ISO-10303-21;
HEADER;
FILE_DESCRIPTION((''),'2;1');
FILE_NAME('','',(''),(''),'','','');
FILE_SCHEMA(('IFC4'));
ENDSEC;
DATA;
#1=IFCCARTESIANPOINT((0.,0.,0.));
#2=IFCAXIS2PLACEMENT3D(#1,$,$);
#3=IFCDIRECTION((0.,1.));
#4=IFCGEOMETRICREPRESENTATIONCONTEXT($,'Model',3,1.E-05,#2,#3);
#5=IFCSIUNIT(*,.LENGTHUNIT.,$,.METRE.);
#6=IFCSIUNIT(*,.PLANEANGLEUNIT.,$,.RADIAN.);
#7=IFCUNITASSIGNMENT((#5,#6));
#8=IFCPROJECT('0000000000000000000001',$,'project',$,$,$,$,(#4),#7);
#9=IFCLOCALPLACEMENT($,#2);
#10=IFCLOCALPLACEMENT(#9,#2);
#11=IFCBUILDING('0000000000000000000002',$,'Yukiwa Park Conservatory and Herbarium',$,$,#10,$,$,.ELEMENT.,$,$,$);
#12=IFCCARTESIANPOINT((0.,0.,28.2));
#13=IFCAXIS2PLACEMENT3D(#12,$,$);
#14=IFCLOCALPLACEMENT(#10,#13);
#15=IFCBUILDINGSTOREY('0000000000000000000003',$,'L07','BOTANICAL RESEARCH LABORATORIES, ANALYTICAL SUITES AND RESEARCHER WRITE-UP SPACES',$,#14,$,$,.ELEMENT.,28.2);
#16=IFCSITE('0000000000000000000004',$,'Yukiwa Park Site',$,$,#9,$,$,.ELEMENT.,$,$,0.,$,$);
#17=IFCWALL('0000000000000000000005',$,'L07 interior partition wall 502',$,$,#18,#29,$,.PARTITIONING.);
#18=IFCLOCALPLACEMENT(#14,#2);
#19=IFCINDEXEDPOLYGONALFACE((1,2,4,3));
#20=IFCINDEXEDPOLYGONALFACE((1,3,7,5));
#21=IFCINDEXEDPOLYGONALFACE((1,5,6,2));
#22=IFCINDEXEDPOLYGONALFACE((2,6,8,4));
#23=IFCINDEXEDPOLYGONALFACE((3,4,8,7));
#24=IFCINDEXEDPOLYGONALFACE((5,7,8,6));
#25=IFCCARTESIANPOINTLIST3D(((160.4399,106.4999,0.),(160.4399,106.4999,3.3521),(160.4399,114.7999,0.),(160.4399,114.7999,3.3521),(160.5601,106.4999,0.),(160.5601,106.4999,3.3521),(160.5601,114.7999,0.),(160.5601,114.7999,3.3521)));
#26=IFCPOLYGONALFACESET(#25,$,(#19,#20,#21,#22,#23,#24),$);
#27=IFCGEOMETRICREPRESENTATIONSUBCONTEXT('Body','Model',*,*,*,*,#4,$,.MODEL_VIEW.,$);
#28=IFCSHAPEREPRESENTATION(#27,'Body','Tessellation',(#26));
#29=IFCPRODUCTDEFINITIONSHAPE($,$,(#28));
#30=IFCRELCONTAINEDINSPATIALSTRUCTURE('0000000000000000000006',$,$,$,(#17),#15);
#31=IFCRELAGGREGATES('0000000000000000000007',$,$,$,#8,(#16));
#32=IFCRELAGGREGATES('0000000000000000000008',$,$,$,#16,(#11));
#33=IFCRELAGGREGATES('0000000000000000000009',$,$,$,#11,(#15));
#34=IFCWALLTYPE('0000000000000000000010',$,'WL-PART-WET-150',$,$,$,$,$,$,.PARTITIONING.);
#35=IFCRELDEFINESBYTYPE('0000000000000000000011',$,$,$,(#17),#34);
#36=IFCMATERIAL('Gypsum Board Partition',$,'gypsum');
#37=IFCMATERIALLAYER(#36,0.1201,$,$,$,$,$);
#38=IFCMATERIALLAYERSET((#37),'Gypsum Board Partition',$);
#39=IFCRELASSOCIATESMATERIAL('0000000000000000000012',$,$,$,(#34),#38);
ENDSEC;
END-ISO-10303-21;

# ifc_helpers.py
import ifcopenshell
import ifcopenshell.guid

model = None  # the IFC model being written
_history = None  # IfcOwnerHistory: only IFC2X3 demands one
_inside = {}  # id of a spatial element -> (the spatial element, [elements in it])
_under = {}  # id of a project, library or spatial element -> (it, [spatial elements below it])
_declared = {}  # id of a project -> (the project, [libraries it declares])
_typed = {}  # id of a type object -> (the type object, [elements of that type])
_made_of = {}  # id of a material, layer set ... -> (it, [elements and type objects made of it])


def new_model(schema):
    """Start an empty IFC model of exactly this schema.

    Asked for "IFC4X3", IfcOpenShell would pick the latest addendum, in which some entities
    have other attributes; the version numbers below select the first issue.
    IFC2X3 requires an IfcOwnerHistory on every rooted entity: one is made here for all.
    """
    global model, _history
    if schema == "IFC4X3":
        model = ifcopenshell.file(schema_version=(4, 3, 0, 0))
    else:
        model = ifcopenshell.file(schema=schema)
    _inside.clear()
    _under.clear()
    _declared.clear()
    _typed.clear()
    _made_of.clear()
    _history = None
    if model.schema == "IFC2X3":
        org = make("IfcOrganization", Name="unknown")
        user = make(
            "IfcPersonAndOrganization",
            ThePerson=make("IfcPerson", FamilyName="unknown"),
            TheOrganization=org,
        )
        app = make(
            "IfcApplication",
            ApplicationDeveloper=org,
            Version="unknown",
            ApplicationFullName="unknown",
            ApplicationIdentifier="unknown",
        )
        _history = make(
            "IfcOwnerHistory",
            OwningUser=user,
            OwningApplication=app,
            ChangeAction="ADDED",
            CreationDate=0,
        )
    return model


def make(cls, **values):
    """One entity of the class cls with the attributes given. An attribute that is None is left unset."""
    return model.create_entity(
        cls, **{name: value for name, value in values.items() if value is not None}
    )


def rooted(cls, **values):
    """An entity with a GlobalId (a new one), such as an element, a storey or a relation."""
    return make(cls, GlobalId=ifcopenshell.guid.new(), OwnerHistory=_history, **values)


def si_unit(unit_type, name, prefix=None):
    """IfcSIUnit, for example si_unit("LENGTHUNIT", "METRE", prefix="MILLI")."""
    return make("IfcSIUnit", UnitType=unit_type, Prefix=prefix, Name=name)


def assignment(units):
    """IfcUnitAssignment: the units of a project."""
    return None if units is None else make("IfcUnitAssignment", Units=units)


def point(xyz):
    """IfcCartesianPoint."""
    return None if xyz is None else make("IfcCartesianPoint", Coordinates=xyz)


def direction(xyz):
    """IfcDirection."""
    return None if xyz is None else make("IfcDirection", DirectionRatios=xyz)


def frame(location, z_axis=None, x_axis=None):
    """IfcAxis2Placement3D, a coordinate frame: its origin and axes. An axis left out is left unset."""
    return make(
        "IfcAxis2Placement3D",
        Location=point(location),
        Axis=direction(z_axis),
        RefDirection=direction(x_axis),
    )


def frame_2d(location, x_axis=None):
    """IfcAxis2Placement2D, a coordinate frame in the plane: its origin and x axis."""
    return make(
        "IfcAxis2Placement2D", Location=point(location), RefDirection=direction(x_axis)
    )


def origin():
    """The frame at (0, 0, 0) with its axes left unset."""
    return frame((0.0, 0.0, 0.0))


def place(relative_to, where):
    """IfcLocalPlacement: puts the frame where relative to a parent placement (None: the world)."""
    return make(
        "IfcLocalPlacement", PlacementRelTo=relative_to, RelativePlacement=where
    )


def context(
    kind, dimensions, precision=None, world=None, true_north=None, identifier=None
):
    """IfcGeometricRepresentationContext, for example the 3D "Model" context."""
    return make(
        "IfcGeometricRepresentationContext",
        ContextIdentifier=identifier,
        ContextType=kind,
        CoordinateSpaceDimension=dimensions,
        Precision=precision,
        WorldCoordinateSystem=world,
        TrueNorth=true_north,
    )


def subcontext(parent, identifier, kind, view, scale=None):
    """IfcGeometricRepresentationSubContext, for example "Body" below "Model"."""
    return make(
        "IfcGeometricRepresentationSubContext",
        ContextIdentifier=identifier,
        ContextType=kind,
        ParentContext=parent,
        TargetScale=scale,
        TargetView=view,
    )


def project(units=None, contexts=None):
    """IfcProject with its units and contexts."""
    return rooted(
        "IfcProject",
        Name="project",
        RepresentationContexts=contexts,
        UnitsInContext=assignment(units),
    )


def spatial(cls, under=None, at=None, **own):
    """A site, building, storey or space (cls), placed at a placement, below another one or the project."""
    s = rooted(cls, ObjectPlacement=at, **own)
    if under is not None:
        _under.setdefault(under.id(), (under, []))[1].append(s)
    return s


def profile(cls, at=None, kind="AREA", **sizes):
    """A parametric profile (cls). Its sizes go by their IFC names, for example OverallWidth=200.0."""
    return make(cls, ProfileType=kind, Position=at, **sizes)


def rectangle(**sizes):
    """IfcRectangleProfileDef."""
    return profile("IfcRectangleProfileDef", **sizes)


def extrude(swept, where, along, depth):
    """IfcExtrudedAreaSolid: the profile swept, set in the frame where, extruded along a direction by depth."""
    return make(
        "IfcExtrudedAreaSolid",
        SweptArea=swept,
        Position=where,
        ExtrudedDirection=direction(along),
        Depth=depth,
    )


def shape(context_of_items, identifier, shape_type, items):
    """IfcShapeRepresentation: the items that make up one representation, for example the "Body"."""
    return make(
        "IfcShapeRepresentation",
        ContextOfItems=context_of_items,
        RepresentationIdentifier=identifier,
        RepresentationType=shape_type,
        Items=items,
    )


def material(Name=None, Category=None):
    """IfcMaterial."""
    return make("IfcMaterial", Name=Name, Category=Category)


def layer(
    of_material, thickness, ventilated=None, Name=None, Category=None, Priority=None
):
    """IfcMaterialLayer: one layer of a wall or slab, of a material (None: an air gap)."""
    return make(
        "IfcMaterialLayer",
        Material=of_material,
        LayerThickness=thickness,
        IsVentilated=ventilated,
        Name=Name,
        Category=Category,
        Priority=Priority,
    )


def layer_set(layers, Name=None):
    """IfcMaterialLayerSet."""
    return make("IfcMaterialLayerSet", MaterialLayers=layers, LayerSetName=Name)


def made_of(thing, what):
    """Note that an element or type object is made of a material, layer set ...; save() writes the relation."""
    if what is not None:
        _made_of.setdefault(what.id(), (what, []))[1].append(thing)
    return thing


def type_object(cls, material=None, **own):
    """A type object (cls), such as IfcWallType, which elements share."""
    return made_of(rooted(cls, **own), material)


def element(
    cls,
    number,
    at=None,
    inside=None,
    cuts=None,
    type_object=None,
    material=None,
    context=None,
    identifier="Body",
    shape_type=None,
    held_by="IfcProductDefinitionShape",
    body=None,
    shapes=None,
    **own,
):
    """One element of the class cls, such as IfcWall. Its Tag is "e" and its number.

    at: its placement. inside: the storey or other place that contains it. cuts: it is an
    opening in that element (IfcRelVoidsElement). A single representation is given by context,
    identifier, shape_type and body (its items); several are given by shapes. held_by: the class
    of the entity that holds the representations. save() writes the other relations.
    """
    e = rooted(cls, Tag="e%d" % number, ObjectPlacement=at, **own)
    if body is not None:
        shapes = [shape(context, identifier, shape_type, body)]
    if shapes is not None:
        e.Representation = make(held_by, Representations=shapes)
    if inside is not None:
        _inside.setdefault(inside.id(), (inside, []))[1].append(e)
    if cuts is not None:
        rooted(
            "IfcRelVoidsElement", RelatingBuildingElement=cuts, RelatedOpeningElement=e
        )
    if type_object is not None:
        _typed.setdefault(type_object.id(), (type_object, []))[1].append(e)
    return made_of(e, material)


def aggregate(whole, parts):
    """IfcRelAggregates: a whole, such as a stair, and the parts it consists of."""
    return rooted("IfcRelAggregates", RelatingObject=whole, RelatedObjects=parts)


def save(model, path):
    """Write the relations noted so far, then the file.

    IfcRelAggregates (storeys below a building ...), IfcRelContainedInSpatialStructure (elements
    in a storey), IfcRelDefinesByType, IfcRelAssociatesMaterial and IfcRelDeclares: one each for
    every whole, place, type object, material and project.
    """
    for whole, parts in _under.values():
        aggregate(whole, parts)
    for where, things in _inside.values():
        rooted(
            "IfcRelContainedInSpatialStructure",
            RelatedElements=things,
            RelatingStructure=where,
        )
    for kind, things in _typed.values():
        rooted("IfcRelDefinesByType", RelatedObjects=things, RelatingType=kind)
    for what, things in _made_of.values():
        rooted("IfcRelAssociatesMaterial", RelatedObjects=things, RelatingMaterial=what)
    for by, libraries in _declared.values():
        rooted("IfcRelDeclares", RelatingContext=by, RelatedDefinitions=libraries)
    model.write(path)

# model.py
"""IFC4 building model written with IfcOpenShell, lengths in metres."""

from ifc_helpers import new_model, si_unit, direction, frame, frame_2d, origin, place, context, subcontext, project, spatial, rectangle, extrude, material, layer, layer_set, type_object, element, save


model = new_model("IFC4")

# Units and contexts
model_context = context("Model", 3, precision=1e-05, world=origin(), true_north=direction((0.0, 1.0)))
body_context = subcontext(model_context, "Body", "Model", "MODEL_VIEW")
ifc_project = project(units=[si_unit("LENGTHUNIT", "METRE"), si_unit("PLANEANGLEUNIT", "RADIAN")], contexts=[model_context])

# Site, building, storey
site_placement = place(None, origin())
site = spatial("IfcSite", under=ifc_project, at=site_placement, Name="Yukiwa Park Site", CompositionType="ELEMENT", RefElevation=0.0)
building_placement = place(site_placement, origin())
building = spatial("IfcBuilding", under=site, at=building_placement, Name="Yukiwa Park Conservatory and Herbarium", CompositionType="ELEMENT")
storey_placement = place(building_placement, frame((0.0, 0.0, 28.2)))
storey = spatial("IfcBuildingStorey", under=building, at=storey_placement, Name="L07", Description="BOTANICAL RESEARCH LABORATORIES, ANALYTICAL SUITES AND RESEARCHER WRITE-UP SPACES", CompositionType="ELEMENT", Elevation=28.2)

# Shared definitions
ifc_material_1 = material(Name="Gypsum Board Partition", Category="gypsum")
ifc_layer_1 = layer(ifc_material_1, 0.1201)
ifc_layer_set_1 = layer_set([ifc_layer_1], Name="Gypsum Board Partition")
wall_type_1 = type_object("IfcWallType", Name="WL-PART-WET-150", PredefinedType="PARTITIONING", material=ifc_layer_set_1)

# Wall
wall_1_placement = place(storey_placement, frame((160.5, 106.5, 0.0), z_axis=(0.0, 0.0, 1.0), x_axis=(0.0, 1.0, 0.0)))
element("IfcWall", 1, at=wall_1_placement, inside=storey, type_object=wall_type_1, Name="L07 interior partition wall 502", PredefinedType="PARTITIONING", context=body_context, shape_type="SweptSolid", body=[
    extrude(rectangle(XDim=8.3, YDim=0.1201, at=frame_2d((4.1499, 0.0))), origin(), (0.0, 0.0, 1.0), 3.3521),
])

save(model, "model.ifc")
